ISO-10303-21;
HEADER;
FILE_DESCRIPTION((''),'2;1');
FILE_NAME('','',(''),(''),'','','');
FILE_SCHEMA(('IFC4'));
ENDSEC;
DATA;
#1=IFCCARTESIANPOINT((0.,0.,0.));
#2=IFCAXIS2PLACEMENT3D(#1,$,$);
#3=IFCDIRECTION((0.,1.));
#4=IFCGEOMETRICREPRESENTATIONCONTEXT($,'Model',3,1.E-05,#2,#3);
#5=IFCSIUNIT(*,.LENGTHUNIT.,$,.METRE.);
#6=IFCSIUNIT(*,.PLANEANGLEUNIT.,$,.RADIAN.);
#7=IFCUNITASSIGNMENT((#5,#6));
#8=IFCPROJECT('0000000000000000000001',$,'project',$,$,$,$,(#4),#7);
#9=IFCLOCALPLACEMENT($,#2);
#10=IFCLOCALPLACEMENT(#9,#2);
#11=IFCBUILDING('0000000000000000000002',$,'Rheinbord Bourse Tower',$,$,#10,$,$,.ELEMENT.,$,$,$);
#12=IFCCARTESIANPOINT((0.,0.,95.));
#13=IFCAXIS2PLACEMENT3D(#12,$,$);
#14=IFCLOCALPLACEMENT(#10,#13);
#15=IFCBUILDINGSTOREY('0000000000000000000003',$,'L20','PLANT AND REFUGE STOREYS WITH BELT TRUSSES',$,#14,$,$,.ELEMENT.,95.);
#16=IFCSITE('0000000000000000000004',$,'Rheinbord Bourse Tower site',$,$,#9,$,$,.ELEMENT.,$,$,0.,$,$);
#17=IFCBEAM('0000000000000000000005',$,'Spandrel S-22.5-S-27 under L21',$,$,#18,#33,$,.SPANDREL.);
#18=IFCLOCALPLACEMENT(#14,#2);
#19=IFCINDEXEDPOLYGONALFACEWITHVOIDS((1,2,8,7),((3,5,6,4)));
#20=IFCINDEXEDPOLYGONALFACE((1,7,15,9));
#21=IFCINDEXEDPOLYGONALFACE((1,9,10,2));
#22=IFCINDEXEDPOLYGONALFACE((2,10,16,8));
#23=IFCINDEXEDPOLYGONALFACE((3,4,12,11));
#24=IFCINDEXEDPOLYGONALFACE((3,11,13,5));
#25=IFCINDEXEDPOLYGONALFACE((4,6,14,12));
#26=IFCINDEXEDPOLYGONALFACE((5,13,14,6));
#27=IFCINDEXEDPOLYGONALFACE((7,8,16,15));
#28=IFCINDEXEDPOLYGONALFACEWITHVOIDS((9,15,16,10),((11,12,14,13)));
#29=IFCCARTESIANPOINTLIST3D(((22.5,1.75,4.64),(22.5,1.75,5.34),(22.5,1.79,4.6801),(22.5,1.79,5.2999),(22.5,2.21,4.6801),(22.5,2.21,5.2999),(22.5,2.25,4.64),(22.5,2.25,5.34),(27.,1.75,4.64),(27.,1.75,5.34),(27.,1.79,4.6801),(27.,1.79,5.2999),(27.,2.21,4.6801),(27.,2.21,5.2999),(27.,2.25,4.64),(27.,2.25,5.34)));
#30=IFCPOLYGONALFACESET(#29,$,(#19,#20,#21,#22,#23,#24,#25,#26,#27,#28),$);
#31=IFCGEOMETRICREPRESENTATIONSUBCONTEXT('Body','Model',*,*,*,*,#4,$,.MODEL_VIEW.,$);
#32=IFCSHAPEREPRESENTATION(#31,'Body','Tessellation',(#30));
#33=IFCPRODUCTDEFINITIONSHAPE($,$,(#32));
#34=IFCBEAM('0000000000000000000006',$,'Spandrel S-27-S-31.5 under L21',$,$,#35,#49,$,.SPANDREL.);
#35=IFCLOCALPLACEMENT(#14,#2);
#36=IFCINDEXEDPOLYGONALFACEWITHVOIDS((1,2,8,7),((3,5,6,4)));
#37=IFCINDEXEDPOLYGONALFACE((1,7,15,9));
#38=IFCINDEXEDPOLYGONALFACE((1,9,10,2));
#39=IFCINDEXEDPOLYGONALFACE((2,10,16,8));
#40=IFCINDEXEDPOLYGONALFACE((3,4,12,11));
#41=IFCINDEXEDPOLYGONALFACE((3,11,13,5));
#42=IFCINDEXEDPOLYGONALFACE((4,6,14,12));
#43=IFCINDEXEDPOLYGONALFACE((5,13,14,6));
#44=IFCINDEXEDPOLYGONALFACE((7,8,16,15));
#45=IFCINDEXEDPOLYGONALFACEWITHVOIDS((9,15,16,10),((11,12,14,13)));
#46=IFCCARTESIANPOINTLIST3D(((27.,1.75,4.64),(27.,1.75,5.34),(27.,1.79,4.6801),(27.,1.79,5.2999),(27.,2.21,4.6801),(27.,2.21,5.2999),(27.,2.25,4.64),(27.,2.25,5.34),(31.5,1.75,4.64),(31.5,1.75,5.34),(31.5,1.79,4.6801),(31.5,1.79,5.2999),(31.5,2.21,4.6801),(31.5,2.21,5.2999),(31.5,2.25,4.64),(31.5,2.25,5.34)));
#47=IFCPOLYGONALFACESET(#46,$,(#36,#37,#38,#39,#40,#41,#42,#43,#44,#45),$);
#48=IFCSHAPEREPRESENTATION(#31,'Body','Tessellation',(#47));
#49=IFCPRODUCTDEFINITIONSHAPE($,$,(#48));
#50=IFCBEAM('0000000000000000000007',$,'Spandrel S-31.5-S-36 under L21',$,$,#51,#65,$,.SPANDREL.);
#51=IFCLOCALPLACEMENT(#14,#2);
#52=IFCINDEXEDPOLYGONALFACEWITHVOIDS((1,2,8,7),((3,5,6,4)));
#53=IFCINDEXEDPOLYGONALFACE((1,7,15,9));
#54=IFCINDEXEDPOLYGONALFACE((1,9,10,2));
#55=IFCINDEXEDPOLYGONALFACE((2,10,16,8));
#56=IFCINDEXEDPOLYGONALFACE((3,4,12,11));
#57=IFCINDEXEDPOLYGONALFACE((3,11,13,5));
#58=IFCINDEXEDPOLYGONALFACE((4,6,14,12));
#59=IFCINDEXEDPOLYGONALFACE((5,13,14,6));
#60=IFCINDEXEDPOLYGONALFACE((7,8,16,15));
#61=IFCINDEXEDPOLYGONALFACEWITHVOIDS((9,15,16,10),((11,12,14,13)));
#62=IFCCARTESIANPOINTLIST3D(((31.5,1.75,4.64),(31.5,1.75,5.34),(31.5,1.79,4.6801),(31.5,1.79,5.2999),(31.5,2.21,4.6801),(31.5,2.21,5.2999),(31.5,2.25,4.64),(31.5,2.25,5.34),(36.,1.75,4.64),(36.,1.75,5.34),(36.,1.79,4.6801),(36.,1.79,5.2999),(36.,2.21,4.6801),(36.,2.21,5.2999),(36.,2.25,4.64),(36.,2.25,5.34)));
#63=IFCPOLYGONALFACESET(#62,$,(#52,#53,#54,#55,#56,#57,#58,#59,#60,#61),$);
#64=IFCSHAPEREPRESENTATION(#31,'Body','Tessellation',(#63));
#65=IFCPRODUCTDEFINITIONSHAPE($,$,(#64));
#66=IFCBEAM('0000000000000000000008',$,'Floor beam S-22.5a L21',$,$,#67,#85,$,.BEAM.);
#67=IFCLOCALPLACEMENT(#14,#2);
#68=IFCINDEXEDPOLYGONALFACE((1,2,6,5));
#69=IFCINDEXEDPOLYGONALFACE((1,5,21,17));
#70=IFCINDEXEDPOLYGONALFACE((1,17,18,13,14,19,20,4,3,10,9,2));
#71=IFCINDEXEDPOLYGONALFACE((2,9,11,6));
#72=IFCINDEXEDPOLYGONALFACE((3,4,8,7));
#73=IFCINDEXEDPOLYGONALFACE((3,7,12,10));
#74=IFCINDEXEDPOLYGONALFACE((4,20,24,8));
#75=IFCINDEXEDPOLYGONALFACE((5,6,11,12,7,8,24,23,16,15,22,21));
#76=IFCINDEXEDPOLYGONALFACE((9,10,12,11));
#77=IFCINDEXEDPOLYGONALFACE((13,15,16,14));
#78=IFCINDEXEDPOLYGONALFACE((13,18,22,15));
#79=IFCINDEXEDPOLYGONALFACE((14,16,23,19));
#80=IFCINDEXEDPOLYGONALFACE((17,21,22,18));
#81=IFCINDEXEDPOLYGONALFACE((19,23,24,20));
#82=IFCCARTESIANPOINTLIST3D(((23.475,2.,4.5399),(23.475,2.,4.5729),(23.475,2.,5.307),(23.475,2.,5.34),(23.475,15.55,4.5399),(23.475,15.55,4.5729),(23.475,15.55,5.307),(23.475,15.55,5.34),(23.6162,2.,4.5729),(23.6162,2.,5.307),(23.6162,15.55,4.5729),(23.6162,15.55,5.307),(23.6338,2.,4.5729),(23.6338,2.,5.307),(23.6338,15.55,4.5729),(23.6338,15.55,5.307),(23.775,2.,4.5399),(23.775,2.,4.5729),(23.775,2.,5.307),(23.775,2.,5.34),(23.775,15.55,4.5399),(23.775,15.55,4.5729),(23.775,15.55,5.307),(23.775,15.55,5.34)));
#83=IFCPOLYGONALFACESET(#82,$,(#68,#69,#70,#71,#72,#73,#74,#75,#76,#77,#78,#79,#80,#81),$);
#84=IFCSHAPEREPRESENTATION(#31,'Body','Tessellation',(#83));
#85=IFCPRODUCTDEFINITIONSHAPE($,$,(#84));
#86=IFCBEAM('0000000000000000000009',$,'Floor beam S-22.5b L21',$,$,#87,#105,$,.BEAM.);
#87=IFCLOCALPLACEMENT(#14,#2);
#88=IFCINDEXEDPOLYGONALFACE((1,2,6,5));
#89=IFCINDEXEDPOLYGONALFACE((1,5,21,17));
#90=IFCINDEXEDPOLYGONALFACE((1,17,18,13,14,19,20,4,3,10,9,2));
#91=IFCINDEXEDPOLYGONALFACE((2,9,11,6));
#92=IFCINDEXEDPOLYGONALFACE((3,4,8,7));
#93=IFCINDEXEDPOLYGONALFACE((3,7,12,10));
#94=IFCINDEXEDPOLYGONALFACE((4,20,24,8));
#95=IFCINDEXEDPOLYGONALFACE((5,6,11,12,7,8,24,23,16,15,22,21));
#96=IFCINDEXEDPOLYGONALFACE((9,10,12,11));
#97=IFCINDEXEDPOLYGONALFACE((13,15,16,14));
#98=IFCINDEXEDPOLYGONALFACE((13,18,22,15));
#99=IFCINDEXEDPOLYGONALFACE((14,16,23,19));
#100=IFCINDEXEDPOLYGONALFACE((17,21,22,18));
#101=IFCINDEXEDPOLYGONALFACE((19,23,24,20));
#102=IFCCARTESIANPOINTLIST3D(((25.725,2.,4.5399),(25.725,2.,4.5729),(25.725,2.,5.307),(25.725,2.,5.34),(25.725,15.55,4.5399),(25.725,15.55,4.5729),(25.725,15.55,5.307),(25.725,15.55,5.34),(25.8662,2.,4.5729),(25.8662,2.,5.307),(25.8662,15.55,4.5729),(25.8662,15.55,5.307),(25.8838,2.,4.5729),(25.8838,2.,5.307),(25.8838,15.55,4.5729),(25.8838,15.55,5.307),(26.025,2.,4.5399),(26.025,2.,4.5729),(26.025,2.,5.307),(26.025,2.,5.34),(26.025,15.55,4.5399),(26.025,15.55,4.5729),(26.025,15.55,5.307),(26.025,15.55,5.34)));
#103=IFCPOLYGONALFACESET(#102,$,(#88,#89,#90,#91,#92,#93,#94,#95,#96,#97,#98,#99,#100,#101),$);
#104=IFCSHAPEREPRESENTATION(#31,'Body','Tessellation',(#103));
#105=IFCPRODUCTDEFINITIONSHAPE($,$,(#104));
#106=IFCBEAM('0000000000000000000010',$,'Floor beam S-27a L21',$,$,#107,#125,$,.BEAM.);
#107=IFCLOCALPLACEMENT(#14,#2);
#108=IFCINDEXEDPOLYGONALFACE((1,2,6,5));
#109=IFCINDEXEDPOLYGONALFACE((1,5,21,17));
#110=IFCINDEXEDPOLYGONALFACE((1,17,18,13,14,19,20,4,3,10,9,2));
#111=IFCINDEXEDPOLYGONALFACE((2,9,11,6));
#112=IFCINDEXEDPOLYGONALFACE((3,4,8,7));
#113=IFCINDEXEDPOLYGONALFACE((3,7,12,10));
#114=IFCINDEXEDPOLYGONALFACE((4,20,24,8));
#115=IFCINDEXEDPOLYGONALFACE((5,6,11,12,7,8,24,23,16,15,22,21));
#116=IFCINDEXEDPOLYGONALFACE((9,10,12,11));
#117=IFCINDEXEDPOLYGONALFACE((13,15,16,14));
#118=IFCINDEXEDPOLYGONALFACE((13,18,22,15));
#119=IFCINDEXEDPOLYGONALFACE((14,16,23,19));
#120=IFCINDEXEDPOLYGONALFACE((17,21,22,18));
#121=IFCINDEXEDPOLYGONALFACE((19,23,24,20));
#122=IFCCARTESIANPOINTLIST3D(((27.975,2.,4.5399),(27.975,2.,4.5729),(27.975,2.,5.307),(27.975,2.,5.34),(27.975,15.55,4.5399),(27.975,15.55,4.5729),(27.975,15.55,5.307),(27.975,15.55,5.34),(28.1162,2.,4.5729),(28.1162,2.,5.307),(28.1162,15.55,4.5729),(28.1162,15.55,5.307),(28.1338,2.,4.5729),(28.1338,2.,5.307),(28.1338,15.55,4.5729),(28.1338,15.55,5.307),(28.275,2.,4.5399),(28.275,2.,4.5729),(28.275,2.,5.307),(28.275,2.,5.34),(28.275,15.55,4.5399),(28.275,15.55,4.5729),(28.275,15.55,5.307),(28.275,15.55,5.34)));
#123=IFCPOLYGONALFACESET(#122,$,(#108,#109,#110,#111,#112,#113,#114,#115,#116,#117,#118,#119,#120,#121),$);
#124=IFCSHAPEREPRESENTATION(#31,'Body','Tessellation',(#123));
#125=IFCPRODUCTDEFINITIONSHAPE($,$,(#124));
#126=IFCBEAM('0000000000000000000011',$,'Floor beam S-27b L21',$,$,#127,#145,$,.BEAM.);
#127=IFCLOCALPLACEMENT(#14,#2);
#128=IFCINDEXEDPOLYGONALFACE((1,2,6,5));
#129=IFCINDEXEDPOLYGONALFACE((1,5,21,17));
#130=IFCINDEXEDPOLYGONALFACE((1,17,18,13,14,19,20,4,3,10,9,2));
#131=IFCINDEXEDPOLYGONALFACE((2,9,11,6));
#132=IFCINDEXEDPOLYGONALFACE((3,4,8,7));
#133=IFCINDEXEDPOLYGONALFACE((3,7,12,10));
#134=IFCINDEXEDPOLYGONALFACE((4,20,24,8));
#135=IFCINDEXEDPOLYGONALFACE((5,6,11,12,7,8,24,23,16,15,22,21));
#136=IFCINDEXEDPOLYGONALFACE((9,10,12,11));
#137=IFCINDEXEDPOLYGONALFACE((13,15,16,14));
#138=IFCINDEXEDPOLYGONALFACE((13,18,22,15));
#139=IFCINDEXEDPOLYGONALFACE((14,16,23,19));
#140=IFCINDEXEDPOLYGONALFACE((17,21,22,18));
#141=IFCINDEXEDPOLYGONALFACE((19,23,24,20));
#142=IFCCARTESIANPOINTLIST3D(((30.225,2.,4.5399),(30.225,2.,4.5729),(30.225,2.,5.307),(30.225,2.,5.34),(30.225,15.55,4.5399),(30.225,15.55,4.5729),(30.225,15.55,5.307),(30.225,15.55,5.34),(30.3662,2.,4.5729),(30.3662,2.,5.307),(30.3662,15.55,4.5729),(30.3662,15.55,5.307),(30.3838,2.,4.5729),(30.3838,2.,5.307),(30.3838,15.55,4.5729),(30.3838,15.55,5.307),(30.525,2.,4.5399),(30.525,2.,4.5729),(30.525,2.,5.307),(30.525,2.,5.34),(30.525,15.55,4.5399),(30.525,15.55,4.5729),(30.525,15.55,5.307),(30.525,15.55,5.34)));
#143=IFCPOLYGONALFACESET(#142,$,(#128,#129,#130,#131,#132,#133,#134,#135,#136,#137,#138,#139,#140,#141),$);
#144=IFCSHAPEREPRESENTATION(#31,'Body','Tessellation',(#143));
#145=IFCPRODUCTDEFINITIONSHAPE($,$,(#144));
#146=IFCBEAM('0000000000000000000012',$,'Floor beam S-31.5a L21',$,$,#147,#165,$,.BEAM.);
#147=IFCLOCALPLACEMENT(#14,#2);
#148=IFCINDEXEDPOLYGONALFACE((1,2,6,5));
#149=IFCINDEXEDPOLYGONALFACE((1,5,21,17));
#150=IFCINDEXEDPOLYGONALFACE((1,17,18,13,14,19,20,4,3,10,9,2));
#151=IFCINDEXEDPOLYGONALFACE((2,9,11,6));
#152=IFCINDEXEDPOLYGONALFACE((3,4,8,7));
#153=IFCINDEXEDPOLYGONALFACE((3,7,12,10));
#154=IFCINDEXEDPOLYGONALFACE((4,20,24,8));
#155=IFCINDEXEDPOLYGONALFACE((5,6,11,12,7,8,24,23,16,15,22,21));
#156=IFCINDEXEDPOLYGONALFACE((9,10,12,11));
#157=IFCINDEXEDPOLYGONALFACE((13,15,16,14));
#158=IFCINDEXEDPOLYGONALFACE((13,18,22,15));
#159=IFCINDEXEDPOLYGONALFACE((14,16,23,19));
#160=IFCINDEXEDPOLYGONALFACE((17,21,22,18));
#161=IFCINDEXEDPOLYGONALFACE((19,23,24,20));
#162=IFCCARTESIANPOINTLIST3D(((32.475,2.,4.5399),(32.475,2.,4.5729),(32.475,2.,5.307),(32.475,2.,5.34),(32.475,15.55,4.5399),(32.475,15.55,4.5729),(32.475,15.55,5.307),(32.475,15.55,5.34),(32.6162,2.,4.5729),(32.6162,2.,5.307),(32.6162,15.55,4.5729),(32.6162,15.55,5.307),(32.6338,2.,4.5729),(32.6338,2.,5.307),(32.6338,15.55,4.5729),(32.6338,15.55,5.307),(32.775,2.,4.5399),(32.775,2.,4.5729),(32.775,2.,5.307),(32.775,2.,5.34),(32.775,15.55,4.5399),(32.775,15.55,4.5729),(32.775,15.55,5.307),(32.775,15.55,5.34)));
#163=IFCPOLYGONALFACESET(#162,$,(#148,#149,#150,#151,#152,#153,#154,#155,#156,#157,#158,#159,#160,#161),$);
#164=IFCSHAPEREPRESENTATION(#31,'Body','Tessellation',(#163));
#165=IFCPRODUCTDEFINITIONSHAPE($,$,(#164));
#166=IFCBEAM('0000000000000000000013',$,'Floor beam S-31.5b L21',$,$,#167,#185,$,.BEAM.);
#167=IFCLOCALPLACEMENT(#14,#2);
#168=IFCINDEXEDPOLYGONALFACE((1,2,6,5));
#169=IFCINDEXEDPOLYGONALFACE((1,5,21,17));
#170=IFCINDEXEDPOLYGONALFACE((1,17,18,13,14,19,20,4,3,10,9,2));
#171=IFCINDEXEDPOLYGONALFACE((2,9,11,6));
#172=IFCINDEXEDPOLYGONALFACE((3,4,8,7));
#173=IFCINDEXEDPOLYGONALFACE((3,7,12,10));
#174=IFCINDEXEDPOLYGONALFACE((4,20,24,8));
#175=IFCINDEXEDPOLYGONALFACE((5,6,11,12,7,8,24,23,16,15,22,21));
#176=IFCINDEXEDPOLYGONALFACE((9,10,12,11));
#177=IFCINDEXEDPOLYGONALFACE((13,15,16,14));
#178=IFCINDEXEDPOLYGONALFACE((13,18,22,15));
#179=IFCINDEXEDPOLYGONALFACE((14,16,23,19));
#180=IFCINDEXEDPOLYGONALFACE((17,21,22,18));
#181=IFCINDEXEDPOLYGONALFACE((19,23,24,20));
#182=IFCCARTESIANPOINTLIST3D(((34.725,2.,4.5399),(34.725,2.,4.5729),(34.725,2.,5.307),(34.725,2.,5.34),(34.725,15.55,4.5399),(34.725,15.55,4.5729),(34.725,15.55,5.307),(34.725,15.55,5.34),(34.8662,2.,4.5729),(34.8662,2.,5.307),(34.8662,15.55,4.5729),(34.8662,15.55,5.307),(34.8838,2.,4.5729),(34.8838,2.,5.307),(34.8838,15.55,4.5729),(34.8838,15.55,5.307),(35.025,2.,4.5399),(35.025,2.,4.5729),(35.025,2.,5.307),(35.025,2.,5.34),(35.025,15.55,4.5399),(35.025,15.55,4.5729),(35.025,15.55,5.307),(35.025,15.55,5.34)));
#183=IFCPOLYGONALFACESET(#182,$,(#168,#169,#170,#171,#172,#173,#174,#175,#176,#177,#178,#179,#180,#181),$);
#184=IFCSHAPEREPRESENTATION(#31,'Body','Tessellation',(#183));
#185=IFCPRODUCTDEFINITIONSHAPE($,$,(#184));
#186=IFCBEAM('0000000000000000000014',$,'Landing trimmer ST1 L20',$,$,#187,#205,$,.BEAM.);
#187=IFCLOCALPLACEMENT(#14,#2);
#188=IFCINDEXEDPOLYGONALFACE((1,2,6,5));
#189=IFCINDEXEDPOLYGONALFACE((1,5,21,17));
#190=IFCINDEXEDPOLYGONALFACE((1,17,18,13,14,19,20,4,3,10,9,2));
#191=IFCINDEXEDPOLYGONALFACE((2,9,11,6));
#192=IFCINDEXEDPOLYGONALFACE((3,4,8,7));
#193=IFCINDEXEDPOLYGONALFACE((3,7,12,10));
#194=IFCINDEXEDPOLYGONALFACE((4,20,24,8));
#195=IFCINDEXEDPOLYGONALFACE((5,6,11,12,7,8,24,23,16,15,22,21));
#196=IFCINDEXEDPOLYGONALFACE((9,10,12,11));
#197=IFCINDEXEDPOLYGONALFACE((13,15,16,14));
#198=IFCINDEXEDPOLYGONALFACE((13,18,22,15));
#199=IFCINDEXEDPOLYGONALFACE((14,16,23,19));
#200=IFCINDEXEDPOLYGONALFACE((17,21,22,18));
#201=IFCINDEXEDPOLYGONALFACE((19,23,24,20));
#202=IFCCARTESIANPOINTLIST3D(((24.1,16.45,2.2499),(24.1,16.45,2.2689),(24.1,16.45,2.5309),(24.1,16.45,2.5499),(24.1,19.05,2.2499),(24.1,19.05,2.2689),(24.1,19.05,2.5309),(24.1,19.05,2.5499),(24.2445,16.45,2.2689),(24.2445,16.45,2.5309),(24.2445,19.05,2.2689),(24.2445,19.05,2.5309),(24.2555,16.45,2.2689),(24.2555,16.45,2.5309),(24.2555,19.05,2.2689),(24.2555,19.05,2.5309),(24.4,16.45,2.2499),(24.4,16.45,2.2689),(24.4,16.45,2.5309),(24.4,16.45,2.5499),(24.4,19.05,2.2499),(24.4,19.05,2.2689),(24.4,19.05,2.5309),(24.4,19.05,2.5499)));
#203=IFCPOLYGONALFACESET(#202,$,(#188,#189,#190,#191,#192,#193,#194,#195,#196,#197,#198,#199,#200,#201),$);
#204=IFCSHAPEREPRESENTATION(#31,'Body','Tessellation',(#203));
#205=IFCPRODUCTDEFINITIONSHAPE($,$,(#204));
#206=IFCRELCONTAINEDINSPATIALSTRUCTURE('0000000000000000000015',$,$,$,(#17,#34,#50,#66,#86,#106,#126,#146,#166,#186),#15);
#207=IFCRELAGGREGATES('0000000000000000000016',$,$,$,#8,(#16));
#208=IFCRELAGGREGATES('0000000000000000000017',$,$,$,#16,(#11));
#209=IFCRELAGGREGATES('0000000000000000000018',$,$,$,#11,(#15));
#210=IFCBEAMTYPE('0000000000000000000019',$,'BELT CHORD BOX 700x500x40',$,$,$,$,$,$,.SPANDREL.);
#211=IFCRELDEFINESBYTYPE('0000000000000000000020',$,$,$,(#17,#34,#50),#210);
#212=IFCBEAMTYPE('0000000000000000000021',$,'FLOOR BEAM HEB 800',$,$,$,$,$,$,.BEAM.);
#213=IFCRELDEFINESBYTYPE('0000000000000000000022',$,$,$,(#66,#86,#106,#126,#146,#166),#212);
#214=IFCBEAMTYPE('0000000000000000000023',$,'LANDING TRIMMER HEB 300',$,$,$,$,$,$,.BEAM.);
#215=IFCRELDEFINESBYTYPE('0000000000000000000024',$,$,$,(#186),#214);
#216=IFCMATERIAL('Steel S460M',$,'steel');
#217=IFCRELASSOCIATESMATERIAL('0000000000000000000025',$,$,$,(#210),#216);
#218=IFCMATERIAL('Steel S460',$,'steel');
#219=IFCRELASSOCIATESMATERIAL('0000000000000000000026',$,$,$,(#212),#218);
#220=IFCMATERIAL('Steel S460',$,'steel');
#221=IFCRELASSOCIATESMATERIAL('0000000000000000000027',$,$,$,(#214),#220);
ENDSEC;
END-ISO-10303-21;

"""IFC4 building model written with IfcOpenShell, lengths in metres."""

from ifc_helpers import new_model, si_unit, direction, frame, origin, origin_2d, place, context, subcontext, project, spatial, hollow_rectangle, i_section, extrude, material, material_profile, profile_set, type_object, element, save


model = new_model("IFC4")

# Units and contexts
model_context = context("Model", 3, precision=1e-05, world=origin(), true_north=direction((0.0, 1.0)))
body_context = subcontext(model_context, "Body", "Model", "MODEL_VIEW")
ifc_project = project(units=[si_unit("LENGTHUNIT", "METRE"), si_unit("PLANEANGLEUNIT", "RADIAN")], contexts=[model_context])

# Site, building, storey
site_placement = place(None, origin())
site = spatial("IfcSite", under=ifc_project, at=site_placement, Name="Rheinbord Bourse Tower site", CompositionType="ELEMENT", RefElevation=0.0)
building_placement = place(site_placement, origin())
building = spatial("IfcBuilding", under=site, at=building_placement, Name="Rheinbord Bourse Tower", CompositionType="ELEMENT")
storey_placement = place(building_placement, frame((0.0, 0.0, 95.0)))
storey = spatial("IfcBuildingStorey", under=building, at=storey_placement, Name="L20", Description="PLANT AND REFUGE STOREYS WITH BELT TRUSSES", CompositionType="ELEMENT", Elevation=95.0)

# Beams
ifc_material_1 = material(Name="Steel S460M", Category="steel")
ifc_material_profile_1 = material_profile(ifc_material_1, hollow_rectangle(XDim=0.5, YDim=0.7, WallThickness=0.04, at=origin_2d()), Name="BOX 700x500x40")
ifc_profile_set_1 = profile_set([ifc_material_profile_1], Name="Steel S460M")
beam_type_1 = type_object("IfcBeamType", Name="BELT CHORD BOX 700x500x40", PredefinedType="SPANDREL", material=ifc_profile_set_1)
for number, where, z_axis, x_axis, name in (
    (1, (22.5, 2.0, 4.99), (1.0, 0.0, 0.0), (0.0, 1.0, 0.0), "Spandrel S-22.5-S-27 under L21"),
    (2, (27.0, 2.0, 4.99), (1.0, 0.0, 0.0), (0.0, 1.0, 0.0), "Spandrel S-27-S-31.5 under L21"),
    (3, (31.5, 2.0, 4.99), (1.0, 0.0, 0.0), (0.0, 1.0, 0.0), "Spandrel S-31.5-S-36 under L21"),
):
    element("IfcBeam", number, at=place(storey_placement, frame(where, z_axis=z_axis, x_axis=x_axis)), inside=storey, type_object=beam_type_1, Name=name, PredefinedType="SPANDREL", context=body_context, shape_type="SweptSolid", body=[
        extrude(hollow_rectangle(XDim=0.5, YDim=0.7, WallThickness=0.04, at=origin_2d()), origin(), (0.0, 0.0, 1.0), 4.5),
    ])
ifc_material_2 = material(Name="Steel S460", Category="steel")
ifc_material_profile_2 = material_profile(ifc_material_2, i_section(OverallWidth=0.3, OverallDepth=0.8, WebThickness=0.0176, FlangeThickness=0.033, at=origin_2d()), Name="HEB 800")
ifc_profile_set_2 = profile_set([ifc_material_profile_2], Name="Steel S460")
beam_type_2 = type_object("IfcBeamType", Name="FLOOR BEAM HEB 800", PredefinedType="BEAM", material=ifc_profile_set_2)
for number, where, z_axis, x_axis, name in (
    (4, (23.625, 2.0, 4.9399), (0.0, 1.0, 0.0), (-1.0, 0.0, 0.0), "Floor beam S-22.5a L21"),
    (5, (25.875, 2.0, 4.9399), (0.0, 1.0, 0.0), (-1.0, 0.0, 0.0), "Floor beam S-22.5b L21"),
    (6, (28.125, 2.0, 4.9399), (0.0, 1.0, 0.0), (-1.0, 0.0, 0.0), "Floor beam S-27a L21"),
    (7, (30.375, 2.0, 4.9399), (0.0, 1.0, 0.0), (-1.0, 0.0, 0.0), "Floor beam S-27b L21"),
    (8, (32.625, 2.0, 4.9399), (0.0, 1.0, 0.0), (-1.0, 0.0, 0.0), "Floor beam S-31.5a L21"),
    (9, (34.875, 2.0, 4.9399), (0.0, 1.0, 0.0), (-1.0, 0.0, 0.0), "Floor beam S-31.5b L21"),
):
    element("IfcBeam", number, at=place(storey_placement, frame(where, z_axis=z_axis, x_axis=x_axis)), inside=storey, type_object=beam_type_2, Name=name, PredefinedType="BEAM", context=body_context, shape_type="SweptSolid", body=[
        extrude(i_section(OverallWidth=0.3, OverallDepth=0.8, WebThickness=0.0176, FlangeThickness=0.033, at=origin_2d()), origin(), (0.0, 0.0, 1.0), 13.55),
    ])
ifc_material_3 = material(Name="Steel S460", Category="steel")
ifc_material_profile_3 = material_profile(ifc_material_3, i_section(OverallWidth=0.3, OverallDepth=0.3, WebThickness=0.011, FlangeThickness=0.019, at=origin_2d()), Name="HEB 300")
ifc_profile_set_3 = profile_set([ifc_material_profile_3], Name="Steel S460")
beam_type_3 = type_object("IfcBeamType", Name="LANDING TRIMMER HEB 300", PredefinedType="BEAM", material=ifc_profile_set_3)
beam_placement = place(storey_placement, frame((24.25, 16.45, 2.3999), z_axis=(0.0, 1.0, 0.0), x_axis=(-1.0, 0.0, 0.0)))
element("IfcBeam", 10, at=beam_placement, inside=storey, type_object=beam_type_3, Name="Landing trimmer ST1 L20", PredefinedType="BEAM", context=body_context, shape_type="SweptSolid", body=[
    extrude(i_section(OverallWidth=0.3, OverallDepth=0.3, WebThickness=0.011, FlangeThickness=0.019, at=origin_2d()), origin(), (0.0, 0.0, 1.0), 2.6001),
])

save(model, "model.ifc")
